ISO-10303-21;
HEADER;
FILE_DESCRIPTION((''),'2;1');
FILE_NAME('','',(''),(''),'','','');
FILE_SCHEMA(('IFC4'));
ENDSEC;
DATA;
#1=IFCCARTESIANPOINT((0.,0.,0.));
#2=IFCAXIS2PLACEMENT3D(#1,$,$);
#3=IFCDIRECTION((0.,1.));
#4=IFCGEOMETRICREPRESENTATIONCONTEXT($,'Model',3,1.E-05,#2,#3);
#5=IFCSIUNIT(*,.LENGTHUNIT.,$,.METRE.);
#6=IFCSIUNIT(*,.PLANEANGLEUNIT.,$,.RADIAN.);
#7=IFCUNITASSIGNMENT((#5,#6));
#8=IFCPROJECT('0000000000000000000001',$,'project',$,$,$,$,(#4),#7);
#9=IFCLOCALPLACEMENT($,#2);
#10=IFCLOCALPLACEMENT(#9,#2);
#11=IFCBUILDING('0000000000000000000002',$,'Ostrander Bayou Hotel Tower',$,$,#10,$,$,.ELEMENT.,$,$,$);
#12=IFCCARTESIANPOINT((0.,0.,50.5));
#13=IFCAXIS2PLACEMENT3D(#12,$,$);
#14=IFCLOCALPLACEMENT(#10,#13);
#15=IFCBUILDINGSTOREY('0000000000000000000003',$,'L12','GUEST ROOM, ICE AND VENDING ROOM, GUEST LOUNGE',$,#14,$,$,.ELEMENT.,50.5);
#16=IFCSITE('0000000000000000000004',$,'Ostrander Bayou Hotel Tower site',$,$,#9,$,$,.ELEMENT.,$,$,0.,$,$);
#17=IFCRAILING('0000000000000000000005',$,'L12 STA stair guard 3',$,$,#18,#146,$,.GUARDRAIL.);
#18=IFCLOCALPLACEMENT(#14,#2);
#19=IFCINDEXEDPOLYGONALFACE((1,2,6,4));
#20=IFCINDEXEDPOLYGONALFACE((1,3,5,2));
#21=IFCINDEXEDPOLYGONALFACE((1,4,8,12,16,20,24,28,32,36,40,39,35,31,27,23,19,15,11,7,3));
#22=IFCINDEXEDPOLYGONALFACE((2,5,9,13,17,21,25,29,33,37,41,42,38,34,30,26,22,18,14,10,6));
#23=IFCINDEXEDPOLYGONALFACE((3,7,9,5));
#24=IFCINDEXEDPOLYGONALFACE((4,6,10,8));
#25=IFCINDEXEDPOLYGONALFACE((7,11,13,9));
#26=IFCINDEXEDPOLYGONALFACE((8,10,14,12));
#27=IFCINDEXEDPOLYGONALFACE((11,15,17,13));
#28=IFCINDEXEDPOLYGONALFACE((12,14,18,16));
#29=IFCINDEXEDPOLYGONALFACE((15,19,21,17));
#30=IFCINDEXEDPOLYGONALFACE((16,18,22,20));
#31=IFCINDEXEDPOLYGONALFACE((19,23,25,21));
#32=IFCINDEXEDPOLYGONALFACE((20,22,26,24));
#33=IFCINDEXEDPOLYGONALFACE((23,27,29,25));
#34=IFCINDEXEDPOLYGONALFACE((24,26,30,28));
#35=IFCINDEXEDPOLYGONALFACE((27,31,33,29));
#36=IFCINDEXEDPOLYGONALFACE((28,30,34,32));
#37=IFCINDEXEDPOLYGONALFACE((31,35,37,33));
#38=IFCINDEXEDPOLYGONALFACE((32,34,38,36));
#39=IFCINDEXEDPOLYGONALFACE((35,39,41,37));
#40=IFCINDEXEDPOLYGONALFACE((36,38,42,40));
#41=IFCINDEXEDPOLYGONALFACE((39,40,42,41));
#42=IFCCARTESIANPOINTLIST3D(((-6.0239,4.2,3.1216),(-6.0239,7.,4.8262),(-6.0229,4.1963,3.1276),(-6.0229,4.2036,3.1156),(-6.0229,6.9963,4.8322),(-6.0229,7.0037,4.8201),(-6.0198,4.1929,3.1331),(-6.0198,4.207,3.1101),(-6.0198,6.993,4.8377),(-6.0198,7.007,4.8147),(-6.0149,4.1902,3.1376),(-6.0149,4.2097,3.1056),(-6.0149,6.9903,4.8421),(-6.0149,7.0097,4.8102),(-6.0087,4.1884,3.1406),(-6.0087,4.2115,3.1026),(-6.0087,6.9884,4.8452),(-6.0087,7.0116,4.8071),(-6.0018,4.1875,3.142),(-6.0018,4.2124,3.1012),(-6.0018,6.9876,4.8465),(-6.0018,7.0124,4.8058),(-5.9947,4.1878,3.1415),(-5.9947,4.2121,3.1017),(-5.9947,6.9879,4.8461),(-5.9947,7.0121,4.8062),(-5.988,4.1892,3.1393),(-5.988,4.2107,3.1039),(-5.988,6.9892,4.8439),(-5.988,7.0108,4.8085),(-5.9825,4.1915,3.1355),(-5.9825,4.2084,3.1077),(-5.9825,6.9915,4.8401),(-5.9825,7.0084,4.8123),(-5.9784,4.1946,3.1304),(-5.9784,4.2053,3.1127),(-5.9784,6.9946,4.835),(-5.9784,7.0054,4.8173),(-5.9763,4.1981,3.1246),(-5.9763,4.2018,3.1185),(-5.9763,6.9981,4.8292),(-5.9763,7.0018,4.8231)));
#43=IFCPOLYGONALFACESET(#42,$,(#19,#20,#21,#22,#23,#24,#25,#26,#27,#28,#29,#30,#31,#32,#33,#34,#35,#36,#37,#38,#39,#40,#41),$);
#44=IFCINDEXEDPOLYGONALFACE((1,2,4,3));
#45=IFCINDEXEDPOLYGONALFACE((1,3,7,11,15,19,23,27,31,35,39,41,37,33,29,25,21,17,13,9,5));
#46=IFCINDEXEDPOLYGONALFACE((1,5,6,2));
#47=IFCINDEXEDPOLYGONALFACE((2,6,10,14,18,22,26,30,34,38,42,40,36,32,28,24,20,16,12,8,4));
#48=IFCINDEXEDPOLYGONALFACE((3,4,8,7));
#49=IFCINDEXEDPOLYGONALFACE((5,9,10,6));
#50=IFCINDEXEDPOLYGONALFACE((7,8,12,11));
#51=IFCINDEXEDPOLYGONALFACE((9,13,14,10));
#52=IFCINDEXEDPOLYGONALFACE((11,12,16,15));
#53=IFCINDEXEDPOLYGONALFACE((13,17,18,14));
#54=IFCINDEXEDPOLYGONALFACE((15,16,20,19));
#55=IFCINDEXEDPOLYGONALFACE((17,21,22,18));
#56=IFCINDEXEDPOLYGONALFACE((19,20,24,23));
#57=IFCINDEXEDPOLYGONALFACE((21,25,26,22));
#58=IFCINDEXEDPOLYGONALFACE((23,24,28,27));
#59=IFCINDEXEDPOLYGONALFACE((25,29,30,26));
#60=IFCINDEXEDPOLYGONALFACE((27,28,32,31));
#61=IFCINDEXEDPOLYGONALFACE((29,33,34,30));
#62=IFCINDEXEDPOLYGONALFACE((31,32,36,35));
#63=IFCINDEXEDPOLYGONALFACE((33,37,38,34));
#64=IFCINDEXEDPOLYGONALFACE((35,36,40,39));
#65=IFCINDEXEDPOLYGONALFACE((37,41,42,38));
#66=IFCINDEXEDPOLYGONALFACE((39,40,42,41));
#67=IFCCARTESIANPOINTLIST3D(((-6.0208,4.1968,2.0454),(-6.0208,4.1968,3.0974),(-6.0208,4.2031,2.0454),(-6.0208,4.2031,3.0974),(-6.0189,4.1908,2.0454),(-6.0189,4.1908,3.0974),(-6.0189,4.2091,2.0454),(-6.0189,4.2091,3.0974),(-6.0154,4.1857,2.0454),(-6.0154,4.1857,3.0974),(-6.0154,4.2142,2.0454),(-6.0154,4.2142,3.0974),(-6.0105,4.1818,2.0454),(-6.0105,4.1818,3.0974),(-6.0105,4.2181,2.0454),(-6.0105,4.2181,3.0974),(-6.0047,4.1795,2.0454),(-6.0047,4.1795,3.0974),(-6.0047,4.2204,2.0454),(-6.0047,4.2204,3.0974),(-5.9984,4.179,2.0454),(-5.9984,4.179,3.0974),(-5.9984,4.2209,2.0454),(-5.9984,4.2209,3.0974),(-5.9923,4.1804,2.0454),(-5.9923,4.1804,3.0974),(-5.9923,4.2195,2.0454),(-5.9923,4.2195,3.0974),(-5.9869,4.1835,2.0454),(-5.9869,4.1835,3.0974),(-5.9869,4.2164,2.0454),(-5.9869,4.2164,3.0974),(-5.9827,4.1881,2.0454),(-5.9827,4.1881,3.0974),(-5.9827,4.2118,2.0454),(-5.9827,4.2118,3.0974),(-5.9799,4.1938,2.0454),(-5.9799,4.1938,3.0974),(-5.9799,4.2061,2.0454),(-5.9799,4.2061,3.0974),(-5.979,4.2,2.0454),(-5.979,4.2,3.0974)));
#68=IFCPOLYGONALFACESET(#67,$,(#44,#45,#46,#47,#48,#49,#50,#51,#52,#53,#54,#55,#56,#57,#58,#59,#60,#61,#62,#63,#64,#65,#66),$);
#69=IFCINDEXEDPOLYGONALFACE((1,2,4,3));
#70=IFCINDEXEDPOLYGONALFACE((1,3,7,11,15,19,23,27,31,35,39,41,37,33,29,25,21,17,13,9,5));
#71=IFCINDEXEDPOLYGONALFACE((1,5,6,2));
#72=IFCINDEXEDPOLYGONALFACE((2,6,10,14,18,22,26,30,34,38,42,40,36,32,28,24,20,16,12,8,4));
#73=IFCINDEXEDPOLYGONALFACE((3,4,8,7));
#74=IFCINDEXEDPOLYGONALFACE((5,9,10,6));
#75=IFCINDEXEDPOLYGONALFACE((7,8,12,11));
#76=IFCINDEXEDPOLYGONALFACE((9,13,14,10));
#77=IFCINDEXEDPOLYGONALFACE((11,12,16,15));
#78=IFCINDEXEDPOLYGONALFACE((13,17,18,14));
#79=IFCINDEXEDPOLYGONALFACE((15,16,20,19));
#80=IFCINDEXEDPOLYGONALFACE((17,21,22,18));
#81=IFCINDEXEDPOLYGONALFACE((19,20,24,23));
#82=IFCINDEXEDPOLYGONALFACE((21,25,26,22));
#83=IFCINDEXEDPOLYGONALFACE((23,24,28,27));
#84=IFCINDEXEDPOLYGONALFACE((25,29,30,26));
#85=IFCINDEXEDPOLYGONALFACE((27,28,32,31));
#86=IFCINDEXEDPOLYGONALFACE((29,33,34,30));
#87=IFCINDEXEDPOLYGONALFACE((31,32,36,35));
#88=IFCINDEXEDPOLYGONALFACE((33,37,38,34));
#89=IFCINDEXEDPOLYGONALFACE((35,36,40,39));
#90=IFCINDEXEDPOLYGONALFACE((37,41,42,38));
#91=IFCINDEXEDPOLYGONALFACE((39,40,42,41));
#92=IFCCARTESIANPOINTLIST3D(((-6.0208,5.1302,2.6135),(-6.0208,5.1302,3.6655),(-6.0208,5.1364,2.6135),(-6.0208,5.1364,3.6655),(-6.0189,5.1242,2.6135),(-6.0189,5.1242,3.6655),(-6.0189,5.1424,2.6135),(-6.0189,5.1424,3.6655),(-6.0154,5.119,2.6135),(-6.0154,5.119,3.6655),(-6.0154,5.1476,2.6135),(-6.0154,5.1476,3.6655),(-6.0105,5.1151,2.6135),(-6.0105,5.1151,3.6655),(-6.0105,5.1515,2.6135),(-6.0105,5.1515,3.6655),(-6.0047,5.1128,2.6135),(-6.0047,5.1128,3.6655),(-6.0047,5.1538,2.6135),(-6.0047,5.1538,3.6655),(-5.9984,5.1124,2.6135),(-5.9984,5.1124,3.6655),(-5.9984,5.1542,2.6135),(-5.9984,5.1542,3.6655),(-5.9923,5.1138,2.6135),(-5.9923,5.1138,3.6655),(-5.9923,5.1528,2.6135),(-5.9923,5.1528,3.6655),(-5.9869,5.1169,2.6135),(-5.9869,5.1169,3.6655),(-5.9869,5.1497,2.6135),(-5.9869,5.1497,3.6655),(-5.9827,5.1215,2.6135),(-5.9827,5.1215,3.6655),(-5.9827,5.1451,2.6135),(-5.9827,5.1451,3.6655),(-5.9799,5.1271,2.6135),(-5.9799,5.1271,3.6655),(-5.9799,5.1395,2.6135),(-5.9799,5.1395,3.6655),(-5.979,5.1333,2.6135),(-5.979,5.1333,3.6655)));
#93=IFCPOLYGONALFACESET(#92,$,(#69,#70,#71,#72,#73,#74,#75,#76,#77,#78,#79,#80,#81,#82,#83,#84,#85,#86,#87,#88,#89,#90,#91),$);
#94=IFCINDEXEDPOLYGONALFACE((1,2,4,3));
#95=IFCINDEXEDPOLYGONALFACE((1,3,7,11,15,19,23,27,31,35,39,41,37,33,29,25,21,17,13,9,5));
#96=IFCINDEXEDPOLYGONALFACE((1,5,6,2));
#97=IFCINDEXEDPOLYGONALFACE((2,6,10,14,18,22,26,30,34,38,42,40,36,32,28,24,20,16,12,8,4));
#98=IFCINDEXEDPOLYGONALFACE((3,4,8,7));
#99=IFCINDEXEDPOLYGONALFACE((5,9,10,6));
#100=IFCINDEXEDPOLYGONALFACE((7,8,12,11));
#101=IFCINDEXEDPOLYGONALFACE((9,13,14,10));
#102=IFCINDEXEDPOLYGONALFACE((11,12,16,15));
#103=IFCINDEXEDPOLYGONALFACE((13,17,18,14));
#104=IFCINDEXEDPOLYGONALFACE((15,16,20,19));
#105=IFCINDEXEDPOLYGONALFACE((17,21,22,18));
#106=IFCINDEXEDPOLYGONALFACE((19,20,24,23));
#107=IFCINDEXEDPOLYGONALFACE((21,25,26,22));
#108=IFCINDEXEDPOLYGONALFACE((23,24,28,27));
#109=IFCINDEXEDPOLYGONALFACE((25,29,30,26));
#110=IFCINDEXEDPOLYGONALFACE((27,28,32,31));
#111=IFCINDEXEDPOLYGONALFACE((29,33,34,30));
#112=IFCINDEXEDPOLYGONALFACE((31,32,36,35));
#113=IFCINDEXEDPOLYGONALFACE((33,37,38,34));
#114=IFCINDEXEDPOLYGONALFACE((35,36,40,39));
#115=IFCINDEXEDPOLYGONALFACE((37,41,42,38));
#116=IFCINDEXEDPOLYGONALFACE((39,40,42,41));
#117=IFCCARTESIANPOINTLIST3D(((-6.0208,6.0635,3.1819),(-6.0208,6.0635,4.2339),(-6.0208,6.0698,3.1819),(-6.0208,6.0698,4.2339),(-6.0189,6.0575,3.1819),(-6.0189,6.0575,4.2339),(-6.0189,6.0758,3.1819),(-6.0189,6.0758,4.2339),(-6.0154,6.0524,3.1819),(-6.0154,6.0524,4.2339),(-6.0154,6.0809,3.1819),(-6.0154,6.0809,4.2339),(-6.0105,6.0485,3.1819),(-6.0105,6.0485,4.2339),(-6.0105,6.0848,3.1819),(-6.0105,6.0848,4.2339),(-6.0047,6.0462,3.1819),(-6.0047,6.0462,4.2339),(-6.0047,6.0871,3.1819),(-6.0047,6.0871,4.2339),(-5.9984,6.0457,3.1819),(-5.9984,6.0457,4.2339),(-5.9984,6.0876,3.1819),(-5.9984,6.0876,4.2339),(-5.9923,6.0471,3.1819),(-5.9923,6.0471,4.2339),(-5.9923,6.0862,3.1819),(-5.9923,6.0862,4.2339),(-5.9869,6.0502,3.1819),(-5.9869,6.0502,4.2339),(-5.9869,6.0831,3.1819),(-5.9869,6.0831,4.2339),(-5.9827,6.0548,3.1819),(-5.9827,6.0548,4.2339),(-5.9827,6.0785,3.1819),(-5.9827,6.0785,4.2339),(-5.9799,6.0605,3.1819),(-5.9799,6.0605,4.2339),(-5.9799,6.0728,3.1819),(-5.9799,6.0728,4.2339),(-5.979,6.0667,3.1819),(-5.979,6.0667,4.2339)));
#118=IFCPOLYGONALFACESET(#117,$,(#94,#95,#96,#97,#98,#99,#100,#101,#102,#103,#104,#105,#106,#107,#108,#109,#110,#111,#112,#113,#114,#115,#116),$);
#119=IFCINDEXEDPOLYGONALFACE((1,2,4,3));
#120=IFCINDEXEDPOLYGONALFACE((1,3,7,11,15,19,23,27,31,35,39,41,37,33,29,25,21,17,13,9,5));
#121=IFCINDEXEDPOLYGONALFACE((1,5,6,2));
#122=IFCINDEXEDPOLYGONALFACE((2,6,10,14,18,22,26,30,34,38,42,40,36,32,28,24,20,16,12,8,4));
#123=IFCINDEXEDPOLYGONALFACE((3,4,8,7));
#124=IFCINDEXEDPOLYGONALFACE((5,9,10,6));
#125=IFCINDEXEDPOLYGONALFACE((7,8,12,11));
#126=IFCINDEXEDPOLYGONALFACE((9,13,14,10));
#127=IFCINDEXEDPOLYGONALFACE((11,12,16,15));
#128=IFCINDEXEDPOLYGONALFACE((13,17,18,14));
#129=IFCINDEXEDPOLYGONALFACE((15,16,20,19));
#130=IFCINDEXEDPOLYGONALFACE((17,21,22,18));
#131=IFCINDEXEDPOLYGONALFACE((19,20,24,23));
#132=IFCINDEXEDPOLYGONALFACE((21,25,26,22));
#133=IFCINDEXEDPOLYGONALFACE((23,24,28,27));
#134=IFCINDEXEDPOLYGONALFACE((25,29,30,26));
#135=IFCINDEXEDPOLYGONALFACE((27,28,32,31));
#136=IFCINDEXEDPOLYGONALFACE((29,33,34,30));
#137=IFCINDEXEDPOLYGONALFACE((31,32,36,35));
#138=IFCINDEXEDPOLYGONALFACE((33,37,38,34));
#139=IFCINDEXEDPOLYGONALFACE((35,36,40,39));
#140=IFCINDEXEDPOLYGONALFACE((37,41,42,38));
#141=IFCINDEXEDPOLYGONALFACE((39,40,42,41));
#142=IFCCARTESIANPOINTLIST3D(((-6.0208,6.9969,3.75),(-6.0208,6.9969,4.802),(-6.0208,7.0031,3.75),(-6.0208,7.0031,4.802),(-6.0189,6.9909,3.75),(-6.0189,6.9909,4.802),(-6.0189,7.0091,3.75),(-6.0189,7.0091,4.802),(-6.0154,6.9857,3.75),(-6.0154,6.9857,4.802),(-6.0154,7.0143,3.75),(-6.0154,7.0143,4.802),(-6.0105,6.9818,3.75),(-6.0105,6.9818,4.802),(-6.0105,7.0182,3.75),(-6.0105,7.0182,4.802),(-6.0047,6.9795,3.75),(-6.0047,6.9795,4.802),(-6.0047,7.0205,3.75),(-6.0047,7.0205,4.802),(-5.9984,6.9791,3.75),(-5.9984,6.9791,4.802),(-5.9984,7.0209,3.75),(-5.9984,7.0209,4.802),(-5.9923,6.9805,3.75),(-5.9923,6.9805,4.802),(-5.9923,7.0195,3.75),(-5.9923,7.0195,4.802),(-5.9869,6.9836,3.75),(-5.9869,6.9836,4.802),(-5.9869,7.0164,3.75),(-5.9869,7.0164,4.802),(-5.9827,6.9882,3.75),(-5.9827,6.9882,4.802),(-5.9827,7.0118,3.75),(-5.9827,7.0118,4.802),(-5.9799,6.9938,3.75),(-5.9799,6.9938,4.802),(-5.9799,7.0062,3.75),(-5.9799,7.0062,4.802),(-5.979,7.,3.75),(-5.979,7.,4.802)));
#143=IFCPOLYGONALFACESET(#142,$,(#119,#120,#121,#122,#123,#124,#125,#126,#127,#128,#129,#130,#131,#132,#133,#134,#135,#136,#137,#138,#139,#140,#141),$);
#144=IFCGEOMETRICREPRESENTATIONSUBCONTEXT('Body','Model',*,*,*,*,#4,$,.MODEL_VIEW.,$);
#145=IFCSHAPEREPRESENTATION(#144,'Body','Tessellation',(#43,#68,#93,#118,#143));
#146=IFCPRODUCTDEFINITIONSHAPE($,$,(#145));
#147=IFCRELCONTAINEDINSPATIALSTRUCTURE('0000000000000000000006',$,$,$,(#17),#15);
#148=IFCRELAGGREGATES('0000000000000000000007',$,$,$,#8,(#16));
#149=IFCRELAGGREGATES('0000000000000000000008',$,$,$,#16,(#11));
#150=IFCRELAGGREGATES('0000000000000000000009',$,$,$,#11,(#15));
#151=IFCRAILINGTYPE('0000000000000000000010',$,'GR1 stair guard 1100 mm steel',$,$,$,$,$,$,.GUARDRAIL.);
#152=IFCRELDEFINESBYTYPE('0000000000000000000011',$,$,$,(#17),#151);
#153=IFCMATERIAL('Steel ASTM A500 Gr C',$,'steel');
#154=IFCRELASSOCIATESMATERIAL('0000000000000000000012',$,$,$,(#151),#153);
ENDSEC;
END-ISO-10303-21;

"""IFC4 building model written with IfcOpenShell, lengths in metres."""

from ifc_helpers import new_model, si_unit, direction, frame, origin, origin_2d, place, context, subcontext, project, spatial, circle, extrude, material, type_object, element, save


model = new_model("IFC4")

# Units and contexts
model_context = context("Model", 3, precision=1e-05, world=origin(), true_north=direction((0.0, 1.0)))
body_context = subcontext(model_context, "Body", "Model", "MODEL_VIEW")
ifc_project = project(units=[si_unit("LENGTHUNIT", "METRE"), si_unit("PLANEANGLEUNIT", "RADIAN")], contexts=[model_context])

# Site, building, storey
site_placement = place(None, origin())
site = spatial("IfcSite", under=ifc_project, at=site_placement, Name="Ostrander Bayou Hotel Tower site", CompositionType="ELEMENT", RefElevation=0.0)
building_placement = place(site_placement, origin())
building = spatial("IfcBuilding", under=site, at=building_placement, Name="Ostrander Bayou Hotel Tower", CompositionType="ELEMENT")
storey_placement = place(building_placement, frame((0.0, 0.0, 50.5)))
storey = spatial("IfcBuildingStorey", under=building, at=storey_placement, Name="L12", Description="GUEST ROOM, ICE AND VENDING ROOM, GUEST LOUNGE", CompositionType="ELEMENT", Elevation=50.5)

# Railing
ifc_material_1 = material(Name="Steel ASTM A500 Gr C", Category="steel")
railing_type_1 = type_object("IfcRailingType", Name="GR1 stair guard 1100 mm steel", PredefinedType="GUARDRAIL", material=ifc_material_1)
railing_1_placement = place(storey_placement, frame((-6.0, 4.2, 2.0454)))
element("IfcRailing", 1, at=railing_1_placement, inside=storey, type_object=railing_type_1, Name="L12 STA stair guard 3", PredefinedType="GUARDRAIL", context=body_context, shape_type="SweptSolid", body=[
    extrude(circle(Radius=0.0239, at=origin_2d()), frame((0.0, 0.0, 1.0762), z_axis=(0.0, 0.85417, 0.519994), x_axis=(-1.0, 0.0, 0.0)), (0.0, 0.0, 1.0), 3.2781),
    extrude(circle(Radius=0.021, at=origin_2d()), origin(), (0.0, 0.0, 1.0), 1.052),
    extrude(circle(Radius=0.021, at=origin_2d()), frame((0.0, 0.9333, 0.5681)), (0.0, 0.0, 1.0), 1.052),
    extrude(circle(Radius=0.021, at=origin_2d()), frame((0.0, 1.8667, 1.1365)), (0.0, 0.0, 1.0), 1.052),
    extrude(circle(Radius=0.021, at=origin_2d()), frame((0.0, 2.8, 1.7046)), (0.0, 0.0, 1.0), 1.052),
])

save(model, "model.ifc")
